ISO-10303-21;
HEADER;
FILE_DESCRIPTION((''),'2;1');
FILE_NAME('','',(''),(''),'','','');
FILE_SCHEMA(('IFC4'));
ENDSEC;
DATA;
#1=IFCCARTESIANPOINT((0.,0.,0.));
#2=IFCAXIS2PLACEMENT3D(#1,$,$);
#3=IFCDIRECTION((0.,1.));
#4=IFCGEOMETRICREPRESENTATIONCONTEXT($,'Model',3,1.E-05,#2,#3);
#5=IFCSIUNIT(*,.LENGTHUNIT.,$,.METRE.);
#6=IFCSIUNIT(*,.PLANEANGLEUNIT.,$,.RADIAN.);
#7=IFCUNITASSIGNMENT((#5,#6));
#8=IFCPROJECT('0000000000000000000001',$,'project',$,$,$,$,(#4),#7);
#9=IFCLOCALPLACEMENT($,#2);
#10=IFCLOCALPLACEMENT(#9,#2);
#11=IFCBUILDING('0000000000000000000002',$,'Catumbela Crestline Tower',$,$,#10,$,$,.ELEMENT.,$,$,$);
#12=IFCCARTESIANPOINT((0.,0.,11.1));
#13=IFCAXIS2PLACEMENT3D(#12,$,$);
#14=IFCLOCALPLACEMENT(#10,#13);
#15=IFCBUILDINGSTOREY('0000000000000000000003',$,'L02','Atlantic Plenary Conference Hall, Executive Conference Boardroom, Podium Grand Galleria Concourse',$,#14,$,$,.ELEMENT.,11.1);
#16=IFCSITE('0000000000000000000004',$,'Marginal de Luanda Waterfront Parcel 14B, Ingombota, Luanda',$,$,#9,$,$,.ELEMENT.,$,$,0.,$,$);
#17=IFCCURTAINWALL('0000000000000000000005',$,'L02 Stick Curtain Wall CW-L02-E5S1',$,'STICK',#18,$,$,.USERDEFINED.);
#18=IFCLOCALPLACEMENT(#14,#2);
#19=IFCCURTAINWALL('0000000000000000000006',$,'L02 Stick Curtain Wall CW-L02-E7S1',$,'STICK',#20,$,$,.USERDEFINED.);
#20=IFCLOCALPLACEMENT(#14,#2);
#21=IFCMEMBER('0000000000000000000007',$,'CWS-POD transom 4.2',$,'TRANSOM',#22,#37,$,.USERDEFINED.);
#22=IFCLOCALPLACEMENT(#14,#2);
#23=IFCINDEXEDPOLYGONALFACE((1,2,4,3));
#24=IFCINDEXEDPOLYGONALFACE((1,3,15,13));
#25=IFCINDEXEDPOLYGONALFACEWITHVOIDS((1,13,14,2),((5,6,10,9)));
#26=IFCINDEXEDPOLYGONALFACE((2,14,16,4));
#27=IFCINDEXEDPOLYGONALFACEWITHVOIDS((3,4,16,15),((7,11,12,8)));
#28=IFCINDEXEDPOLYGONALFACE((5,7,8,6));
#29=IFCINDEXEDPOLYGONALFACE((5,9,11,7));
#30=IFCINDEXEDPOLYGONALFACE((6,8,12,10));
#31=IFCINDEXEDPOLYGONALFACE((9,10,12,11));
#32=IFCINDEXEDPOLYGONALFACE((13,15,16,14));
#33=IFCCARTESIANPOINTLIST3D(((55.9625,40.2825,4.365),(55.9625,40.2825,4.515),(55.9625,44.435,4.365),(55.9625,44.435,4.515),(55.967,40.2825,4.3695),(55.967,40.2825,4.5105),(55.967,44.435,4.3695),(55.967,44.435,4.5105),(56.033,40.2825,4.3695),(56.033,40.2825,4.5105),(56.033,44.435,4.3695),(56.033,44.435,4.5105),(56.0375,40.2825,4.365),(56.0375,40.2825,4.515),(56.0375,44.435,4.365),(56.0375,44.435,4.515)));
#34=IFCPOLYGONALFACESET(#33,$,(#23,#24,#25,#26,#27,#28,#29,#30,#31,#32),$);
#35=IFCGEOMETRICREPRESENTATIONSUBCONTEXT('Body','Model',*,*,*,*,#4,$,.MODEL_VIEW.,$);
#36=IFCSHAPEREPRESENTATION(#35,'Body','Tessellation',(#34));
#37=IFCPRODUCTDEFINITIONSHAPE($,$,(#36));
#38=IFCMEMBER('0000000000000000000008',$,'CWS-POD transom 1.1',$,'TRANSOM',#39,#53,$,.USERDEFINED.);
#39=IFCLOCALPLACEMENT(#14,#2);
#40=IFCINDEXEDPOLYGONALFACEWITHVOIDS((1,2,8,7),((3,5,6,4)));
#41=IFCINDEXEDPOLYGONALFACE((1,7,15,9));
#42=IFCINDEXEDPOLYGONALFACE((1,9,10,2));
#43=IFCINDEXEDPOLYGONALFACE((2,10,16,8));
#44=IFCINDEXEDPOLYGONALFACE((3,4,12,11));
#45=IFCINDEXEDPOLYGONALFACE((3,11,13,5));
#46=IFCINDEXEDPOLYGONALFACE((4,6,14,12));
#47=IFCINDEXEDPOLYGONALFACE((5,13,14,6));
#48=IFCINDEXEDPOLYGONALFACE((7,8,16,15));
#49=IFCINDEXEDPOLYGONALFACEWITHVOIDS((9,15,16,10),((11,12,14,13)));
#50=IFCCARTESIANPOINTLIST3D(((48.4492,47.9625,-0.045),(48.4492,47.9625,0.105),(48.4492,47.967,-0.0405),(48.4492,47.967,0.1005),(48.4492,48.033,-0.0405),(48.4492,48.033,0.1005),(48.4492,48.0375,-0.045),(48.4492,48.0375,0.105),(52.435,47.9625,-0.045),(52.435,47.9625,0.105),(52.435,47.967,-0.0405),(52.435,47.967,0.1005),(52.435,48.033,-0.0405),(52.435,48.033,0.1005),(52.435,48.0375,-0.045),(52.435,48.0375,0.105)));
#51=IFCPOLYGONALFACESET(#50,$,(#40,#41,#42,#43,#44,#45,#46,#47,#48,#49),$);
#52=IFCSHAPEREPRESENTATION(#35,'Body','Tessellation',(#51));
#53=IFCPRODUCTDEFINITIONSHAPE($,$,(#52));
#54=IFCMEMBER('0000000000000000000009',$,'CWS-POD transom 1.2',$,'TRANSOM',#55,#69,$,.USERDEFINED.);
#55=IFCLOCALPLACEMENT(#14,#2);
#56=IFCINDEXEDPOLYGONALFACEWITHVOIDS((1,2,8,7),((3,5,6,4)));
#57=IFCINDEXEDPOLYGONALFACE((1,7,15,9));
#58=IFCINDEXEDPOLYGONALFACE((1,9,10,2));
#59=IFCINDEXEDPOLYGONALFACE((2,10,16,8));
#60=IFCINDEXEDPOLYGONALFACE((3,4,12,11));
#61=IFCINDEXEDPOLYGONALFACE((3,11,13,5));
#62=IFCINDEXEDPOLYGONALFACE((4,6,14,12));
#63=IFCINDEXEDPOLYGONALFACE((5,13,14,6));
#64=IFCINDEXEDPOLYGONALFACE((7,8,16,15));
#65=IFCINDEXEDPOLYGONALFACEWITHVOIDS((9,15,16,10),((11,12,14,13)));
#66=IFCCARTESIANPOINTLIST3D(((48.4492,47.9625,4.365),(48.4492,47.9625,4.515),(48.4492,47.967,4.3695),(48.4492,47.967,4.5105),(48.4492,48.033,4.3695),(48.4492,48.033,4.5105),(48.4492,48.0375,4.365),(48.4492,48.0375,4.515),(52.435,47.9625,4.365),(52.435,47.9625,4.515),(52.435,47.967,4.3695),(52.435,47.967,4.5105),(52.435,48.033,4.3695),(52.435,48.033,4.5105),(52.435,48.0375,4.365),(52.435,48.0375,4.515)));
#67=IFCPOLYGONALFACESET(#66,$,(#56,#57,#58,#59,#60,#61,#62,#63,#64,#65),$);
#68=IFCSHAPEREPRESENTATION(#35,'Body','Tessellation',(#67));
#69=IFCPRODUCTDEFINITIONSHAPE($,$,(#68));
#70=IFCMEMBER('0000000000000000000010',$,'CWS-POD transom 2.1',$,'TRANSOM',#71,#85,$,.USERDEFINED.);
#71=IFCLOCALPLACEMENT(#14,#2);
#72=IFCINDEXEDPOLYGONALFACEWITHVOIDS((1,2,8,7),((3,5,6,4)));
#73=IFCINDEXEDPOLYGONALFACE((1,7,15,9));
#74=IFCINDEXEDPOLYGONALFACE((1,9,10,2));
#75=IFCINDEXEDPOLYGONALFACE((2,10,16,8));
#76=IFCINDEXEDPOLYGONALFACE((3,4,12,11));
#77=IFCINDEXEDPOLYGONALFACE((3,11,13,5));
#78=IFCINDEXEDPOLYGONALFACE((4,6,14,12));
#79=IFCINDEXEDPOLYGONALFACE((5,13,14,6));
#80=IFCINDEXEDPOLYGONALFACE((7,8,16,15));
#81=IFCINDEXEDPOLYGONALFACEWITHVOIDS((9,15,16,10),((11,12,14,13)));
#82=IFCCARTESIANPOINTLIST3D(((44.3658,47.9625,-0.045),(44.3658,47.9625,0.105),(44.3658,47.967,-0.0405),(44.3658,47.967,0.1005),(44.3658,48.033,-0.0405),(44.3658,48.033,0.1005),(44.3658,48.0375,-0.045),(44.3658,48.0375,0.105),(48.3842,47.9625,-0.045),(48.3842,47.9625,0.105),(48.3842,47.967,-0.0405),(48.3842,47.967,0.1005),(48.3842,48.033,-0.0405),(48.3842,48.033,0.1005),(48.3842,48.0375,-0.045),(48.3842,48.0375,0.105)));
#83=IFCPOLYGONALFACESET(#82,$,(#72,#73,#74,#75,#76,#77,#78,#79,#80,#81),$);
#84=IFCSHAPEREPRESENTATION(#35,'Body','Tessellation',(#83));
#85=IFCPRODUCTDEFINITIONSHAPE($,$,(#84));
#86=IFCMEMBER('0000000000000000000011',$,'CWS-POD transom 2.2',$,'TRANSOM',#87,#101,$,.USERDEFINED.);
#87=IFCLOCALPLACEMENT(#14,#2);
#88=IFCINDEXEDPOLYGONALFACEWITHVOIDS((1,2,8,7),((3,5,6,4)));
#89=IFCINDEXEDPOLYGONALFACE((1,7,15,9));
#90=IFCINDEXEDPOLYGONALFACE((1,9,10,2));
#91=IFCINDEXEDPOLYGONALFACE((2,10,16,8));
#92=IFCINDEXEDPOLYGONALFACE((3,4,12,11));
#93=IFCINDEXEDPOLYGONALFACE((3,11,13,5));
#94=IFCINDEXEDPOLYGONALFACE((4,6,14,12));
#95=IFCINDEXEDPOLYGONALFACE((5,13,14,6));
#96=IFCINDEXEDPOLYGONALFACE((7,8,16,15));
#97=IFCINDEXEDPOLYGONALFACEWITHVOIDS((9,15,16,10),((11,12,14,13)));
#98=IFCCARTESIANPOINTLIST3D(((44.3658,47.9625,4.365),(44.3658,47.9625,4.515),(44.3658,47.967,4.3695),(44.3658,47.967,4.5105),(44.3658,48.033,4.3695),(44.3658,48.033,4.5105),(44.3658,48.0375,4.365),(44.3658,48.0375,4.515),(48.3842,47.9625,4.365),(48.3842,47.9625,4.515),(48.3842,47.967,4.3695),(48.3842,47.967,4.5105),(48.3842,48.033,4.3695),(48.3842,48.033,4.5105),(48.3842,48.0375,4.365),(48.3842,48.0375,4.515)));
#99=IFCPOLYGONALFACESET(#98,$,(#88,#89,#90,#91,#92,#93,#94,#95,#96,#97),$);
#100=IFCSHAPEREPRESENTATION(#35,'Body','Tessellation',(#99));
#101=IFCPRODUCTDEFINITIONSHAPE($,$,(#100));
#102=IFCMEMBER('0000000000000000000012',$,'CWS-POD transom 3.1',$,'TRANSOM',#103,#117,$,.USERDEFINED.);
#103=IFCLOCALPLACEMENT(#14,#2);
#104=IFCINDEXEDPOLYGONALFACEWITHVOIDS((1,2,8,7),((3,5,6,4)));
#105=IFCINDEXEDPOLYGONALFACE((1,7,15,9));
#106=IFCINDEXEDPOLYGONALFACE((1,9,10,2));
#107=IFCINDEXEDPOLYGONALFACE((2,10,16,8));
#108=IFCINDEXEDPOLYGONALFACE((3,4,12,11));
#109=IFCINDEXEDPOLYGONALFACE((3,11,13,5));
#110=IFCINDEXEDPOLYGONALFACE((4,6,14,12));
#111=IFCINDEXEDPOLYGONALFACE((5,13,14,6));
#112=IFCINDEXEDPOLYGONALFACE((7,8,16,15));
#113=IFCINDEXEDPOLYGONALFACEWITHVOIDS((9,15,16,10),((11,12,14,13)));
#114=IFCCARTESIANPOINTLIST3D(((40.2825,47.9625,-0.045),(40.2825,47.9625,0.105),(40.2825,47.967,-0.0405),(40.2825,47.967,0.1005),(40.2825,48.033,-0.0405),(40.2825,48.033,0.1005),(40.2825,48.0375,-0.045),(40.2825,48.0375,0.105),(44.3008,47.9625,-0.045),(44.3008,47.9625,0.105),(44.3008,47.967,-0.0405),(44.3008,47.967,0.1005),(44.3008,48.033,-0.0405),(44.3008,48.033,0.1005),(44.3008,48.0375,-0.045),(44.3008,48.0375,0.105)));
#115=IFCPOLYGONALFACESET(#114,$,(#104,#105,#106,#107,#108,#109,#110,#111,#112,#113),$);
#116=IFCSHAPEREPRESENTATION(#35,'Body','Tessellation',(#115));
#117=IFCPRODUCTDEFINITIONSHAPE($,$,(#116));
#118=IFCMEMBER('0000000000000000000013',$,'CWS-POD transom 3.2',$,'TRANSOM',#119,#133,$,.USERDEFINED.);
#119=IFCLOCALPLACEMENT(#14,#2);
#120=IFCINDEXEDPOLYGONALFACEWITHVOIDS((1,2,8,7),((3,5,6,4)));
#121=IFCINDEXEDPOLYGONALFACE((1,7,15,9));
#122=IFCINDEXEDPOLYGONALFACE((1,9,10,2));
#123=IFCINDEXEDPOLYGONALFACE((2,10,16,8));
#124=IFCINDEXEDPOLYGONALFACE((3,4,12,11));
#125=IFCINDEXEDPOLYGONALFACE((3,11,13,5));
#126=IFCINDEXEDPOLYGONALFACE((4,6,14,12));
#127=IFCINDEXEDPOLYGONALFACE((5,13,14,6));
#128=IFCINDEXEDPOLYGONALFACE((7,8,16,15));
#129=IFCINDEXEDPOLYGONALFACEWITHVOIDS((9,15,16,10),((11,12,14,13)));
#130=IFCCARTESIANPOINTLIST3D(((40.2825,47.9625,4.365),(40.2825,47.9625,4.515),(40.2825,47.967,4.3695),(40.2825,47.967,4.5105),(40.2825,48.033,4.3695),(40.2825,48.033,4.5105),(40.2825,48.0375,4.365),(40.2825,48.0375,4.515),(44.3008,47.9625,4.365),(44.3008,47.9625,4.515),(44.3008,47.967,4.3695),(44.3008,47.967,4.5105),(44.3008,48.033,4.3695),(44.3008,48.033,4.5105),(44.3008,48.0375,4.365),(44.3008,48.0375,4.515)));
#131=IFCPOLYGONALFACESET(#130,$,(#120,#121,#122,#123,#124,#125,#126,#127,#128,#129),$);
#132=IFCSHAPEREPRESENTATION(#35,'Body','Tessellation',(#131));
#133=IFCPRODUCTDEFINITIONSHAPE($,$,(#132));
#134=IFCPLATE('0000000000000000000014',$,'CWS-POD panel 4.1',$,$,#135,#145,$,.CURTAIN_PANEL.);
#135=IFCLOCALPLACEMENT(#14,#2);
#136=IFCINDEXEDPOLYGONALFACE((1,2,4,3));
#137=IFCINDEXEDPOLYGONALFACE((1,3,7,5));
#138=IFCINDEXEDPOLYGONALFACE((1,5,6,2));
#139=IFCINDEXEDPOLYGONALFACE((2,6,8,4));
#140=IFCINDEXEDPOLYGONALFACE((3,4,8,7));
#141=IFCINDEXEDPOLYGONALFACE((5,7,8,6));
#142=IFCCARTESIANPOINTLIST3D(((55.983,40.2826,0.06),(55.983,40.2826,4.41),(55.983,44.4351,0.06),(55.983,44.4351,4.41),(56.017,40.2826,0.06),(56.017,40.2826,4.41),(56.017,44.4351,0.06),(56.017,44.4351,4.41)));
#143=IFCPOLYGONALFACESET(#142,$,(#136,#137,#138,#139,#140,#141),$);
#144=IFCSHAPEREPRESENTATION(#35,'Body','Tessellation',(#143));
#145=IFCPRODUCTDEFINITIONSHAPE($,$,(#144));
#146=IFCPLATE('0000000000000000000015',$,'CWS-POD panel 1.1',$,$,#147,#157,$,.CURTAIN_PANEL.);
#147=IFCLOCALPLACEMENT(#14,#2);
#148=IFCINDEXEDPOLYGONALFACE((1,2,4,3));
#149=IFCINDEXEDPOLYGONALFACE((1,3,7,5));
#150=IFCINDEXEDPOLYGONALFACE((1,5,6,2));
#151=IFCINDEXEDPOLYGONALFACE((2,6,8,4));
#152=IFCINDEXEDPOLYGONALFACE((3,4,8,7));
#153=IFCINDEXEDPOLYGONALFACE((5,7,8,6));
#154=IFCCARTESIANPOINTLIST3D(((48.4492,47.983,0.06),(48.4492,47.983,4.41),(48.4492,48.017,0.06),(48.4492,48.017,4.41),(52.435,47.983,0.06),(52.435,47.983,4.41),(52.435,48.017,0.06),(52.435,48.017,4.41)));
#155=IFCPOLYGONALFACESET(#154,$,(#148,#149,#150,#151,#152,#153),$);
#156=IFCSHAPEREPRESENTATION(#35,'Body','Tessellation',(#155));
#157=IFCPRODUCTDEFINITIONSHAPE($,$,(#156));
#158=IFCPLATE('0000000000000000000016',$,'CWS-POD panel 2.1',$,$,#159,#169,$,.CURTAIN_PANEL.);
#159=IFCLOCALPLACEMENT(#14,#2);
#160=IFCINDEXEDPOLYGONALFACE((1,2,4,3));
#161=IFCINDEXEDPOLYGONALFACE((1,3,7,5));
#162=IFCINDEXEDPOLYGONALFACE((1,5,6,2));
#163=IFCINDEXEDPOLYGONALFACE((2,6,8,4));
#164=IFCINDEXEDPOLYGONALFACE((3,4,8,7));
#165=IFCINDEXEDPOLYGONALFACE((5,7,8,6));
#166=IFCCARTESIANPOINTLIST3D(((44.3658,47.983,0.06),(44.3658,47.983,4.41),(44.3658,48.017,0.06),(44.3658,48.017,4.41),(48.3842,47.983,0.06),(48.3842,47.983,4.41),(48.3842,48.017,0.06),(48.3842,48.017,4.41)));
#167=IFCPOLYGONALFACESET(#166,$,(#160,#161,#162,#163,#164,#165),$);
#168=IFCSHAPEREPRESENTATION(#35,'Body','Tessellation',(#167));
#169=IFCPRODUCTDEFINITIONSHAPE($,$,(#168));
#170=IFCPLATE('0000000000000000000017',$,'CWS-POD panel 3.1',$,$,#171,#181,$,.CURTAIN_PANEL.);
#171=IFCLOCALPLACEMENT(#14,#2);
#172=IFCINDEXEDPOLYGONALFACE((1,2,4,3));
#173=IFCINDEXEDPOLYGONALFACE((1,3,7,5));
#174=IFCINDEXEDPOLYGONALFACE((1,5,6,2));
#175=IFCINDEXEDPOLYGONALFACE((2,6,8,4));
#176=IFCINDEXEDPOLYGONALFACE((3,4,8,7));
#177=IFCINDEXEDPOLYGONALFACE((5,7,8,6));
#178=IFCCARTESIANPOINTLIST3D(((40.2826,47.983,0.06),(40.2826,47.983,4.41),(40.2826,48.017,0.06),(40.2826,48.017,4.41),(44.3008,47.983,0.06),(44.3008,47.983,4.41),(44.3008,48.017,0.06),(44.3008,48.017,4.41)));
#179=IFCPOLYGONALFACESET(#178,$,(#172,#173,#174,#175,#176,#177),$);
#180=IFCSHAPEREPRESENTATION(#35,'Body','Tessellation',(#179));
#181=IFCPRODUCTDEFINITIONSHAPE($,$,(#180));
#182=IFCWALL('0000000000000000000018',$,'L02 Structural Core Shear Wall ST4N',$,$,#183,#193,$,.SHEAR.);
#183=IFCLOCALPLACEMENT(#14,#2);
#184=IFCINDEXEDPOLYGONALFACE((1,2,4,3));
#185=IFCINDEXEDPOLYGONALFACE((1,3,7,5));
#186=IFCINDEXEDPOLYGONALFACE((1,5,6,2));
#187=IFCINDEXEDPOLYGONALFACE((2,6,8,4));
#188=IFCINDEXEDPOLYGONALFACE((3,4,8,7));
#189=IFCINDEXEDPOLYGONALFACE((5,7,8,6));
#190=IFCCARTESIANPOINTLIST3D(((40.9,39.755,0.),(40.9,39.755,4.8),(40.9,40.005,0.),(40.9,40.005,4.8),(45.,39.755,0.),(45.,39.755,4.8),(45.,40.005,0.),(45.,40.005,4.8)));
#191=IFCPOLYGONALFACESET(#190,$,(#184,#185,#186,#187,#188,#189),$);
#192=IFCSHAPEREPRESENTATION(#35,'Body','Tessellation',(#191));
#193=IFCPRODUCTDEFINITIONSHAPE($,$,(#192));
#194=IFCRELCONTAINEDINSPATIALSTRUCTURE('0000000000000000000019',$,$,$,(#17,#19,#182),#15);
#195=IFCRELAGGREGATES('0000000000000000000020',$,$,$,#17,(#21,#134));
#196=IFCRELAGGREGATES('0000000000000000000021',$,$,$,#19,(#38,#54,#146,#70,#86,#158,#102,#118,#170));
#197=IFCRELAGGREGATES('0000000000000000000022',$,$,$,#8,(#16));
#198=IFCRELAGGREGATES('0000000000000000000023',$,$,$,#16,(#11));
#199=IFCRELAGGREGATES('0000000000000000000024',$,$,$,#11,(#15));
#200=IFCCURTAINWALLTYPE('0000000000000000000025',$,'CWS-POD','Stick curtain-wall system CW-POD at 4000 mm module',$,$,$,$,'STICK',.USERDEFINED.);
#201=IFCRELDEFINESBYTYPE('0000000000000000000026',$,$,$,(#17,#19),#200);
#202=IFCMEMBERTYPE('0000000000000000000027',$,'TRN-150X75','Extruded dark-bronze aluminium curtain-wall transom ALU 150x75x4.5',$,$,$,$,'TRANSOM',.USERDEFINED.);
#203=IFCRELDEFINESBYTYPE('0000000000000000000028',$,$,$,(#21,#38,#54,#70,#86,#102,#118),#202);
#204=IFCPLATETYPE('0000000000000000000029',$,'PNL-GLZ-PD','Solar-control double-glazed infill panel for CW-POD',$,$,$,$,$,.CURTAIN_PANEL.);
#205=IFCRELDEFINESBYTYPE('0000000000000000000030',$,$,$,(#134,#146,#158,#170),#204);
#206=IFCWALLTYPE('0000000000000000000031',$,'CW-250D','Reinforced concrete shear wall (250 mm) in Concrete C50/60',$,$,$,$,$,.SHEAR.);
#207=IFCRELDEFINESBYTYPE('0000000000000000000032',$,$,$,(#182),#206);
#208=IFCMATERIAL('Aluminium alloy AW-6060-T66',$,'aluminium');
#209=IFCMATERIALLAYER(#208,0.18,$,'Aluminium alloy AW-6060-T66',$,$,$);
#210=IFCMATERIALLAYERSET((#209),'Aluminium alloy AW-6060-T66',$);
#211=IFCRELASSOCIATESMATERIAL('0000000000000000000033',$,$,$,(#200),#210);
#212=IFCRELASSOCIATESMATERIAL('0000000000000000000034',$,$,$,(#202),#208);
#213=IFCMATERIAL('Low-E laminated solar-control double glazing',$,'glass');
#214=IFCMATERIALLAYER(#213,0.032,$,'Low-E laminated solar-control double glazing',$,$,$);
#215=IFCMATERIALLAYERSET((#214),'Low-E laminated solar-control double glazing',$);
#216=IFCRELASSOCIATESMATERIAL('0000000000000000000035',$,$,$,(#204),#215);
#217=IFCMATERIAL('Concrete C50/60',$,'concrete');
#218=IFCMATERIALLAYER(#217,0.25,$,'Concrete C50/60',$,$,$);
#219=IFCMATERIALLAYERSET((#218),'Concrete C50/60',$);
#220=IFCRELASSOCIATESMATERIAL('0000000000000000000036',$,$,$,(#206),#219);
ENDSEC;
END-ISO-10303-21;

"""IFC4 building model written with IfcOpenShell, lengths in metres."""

from ifc_helpers import new_model, si_unit, direction, frame, frame_2d, origin, origin_2d, place, context, subcontext, project, spatial, rectangle, hollow_rectangle, extrude, material, layer, layer_set, material_profile, profile_set, type_object, element, aggregate, save


model = new_model("IFC4")

# Units and contexts
model_context = context("Model", 3, precision=1e-05, world=origin(), true_north=direction((0.0, 1.0)))
body_context = subcontext(model_context, "Body", "Model", "MODEL_VIEW")
ifc_project = project(units=[si_unit("LENGTHUNIT", "METRE"), si_unit("PLANEANGLEUNIT", "RADIAN")], contexts=[model_context])

# Site, building, storey
site_placement = place(None, origin())
site = spatial("IfcSite", under=ifc_project, at=site_placement, Name="Marginal de Luanda Waterfront Parcel 14B, Ingombota, Luanda", CompositionType="ELEMENT", RefElevation=0.0)
building_placement = place(site_placement, origin())
building = spatial("IfcBuilding", under=site, at=building_placement, Name="Catumbela Crestline Tower", CompositionType="ELEMENT")
storey_placement = place(building_placement, frame((0.0, 0.0, 11.1)))
storey = spatial("IfcBuildingStorey", under=building, at=storey_placement, Name="L02", Description="Atlantic Plenary Conference Hall, Executive Conference Boardroom, Podium Grand Galleria Concourse", CompositionType="ELEMENT", Elevation=11.1)

# Curtain walls
ifc_material_1 = material(Name="Aluminium alloy AW-6060-T66", Category="aluminium")
ifc_layer_1 = layer(ifc_material_1, 0.18, Name="Aluminium alloy AW-6060-T66")
ifc_layer_set_1 = layer_set([ifc_layer_1], Name="Aluminium alloy AW-6060-T66")
curtain_wall_type = type_object("IfcCurtainWallType", Name="CWS-POD", Description="Stick curtain-wall system CW-POD at 4000 mm module", ElementType="STICK", PredefinedType="USERDEFINED", material=ifc_layer_set_1)
curtain_wall_1_placement = place(storey_placement, origin())
curtain_wall_1 = element("IfcCurtainWall", 1, at=curtain_wall_1_placement, inside=storey, type_object=curtain_wall_type, Name="L02 Stick Curtain Wall CW-L02-E5S1", ObjectType="STICK", PredefinedType="USERDEFINED")
curtain_wall_2_placement = place(storey_placement, origin())
curtain_wall_2 = element("IfcCurtainWall", 2, at=curtain_wall_2_placement, inside=storey, type_object=curtain_wall_type, Name="L02 Stick Curtain Wall CW-L02-E7S1", ObjectType="STICK", PredefinedType="USERDEFINED")

# Members
ifc_material_profile_1 = material_profile(ifc_material_1, hollow_rectangle(XDim=0.075, YDim=0.15, WallThickness=0.0045, at=origin_2d()), Name="ALU 150x75x4.5")
ifc_profile_set_1 = profile_set([ifc_material_profile_1], Name="Aluminium alloy AW-6060-T66")
member_type_1 = type_object("IfcMemberType", Name="TRN-150X75", Description="Extruded dark-bronze aluminium curtain-wall transom ALU 150x75x4.5", ElementType="TRANSOM", PredefinedType="USERDEFINED", material=ifc_profile_set_1)
member_1_placement = place(storey_placement, frame((56.0, 40.2825, 4.44), z_axis=(0.0, 1.0, 0.0), x_axis=(-1.0, 0.0, 0.0)))
member_1 = element("IfcMember", 3, at=member_1_placement, type_object=member_type_1, Name="CWS-POD transom 4.2", ObjectType="TRANSOM", PredefinedType="USERDEFINED", context=body_context, shape_type="SweptSolid", body=[
    extrude(hollow_rectangle(XDim=0.075, YDim=0.15, WallThickness=0.0045, at=origin_2d()), origin(), (0.0, 0.0, 1.0), 4.1525),
])
member_2_placement = place(storey_placement, frame((52.435, 48.0, 0.03), z_axis=(-1.0, 0.0, 0.0), x_axis=(0.0, -1.0, 0.0)))
member_2 = element("IfcMember", 4, at=member_2_placement, type_object=member_type_1, Name="CWS-POD transom 1.1", ObjectType="TRANSOM", PredefinedType="USERDEFINED", context=body_context, shape_type="SweptSolid", body=[
    extrude(hollow_rectangle(XDim=0.075, YDim=0.15, WallThickness=0.0045, at=origin_2d()), origin(), (0.0, 0.0, 1.0), 3.9858),
])
member_3_placement = place(storey_placement, frame((52.435, 48.0, 4.44), z_axis=(-1.0, 0.0, 0.0), x_axis=(0.0, -1.0, 0.0)))
member_3 = element("IfcMember", 5, at=member_3_placement, type_object=member_type_1, Name="CWS-POD transom 1.2", ObjectType="TRANSOM", PredefinedType="USERDEFINED", context=body_context, shape_type="SweptSolid", body=[
    extrude(hollow_rectangle(XDim=0.075, YDim=0.15, WallThickness=0.0045, at=origin_2d()), origin(), (0.0, 0.0, 1.0), 3.9858),
])
member_4_placement = place(storey_placement, frame((48.3842, 48.0, 0.03), z_axis=(-1.0, 0.0, 0.0), x_axis=(0.0, -1.0, 0.0)))
member_4 = element("IfcMember", 6, at=member_4_placement, type_object=member_type_1, Name="CWS-POD transom 2.1", ObjectType="TRANSOM", PredefinedType="USERDEFINED", context=body_context, shape_type="SweptSolid", body=[
    extrude(hollow_rectangle(XDim=0.075, YDim=0.15, WallThickness=0.0045, at=origin_2d()), origin(), (0.0, 0.0, 1.0), 4.0184),
])
member_5_placement = place(storey_placement, frame((48.3842, 48.0, 4.44), z_axis=(-1.0, 0.0, 0.0), x_axis=(0.0, -1.0, 0.0)))
member_5 = element("IfcMember", 7, at=member_5_placement, type_object=member_type_1, Name="CWS-POD transom 2.2", ObjectType="TRANSOM", PredefinedType="USERDEFINED", context=body_context, shape_type="SweptSolid", body=[
    extrude(hollow_rectangle(XDim=0.075, YDim=0.15, WallThickness=0.0045, at=origin_2d()), origin(), (0.0, 0.0, 1.0), 4.0184),
])
member_6_placement = place(storey_placement, frame((44.3008, 48.0, 0.03), z_axis=(-1.0, 0.0, 0.0), x_axis=(0.0, -1.0, 0.0)))
member_6 = element("IfcMember", 8, at=member_6_placement, type_object=member_type_1, Name="CWS-POD transom 3.1", ObjectType="TRANSOM", PredefinedType="USERDEFINED", context=body_context, shape_type="SweptSolid", body=[
    extrude(hollow_rectangle(XDim=0.075, YDim=0.15, WallThickness=0.0045, at=origin_2d()), origin(), (0.0, 0.0, 1.0), 4.0183),
])
member_7_placement = place(storey_placement, frame((44.3008, 48.0, 4.44), z_axis=(-1.0, 0.0, 0.0), x_axis=(0.0, -1.0, 0.0)))
member_7 = element("IfcMember", 9, at=member_7_placement, type_object=member_type_1, Name="CWS-POD transom 3.2", ObjectType="TRANSOM", PredefinedType="USERDEFINED", context=body_context, shape_type="SweptSolid", body=[
    extrude(hollow_rectangle(XDim=0.075, YDim=0.15, WallThickness=0.0045, at=origin_2d()), origin(), (0.0, 0.0, 1.0), 4.0183),
])

# Plates
ifc_material_2 = material(Name="Low-E laminated solar-control double glazing", Category="glass")
ifc_layer_2 = layer(ifc_material_2, 0.032, Name="Low-E laminated solar-control double glazing")
ifc_layer_set_2 = layer_set([ifc_layer_2], Name="Low-E laminated solar-control double glazing")
plate_type = type_object("IfcPlateType", Name="PNL-GLZ-PD", Description="Solar-control double-glazed infill panel for CW-POD", PredefinedType="CURTAIN_PANEL", material=ifc_layer_set_2)
plate_1_placement = place(storey_placement, frame((56.0, 42.3588, 0.06), z_axis=(0.0, 0.0, 1.0), x_axis=(0.0, 1.0, 0.0)))
plate_1 = element("IfcPlate", 10, at=plate_1_placement, type_object=plate_type, Name="CWS-POD panel 4.1", PredefinedType="CURTAIN_PANEL", context=body_context, shape_type="SweptSolid", body=[
    extrude(rectangle(XDim=4.1525, YDim=0.034, at=origin_2d()), origin(), (0.0, 0.0, 1.0), 4.35),
])
aggregate(curtain_wall_1, [member_1, plate_1])
plate_2_placement = place(storey_placement, frame((50.4421, 48.0, 0.06), z_axis=(0.0, 0.0, 1.0), x_axis=(-1.0, 0.0, 0.0)))
plate_2 = element("IfcPlate", 11, at=plate_2_placement, type_object=plate_type, Name="CWS-POD panel 1.1", PredefinedType="CURTAIN_PANEL", context=body_context, shape_type="SweptSolid", body=[
    extrude(rectangle(XDim=3.9858, YDim=0.034, at=origin_2d()), origin(), (0.0, 0.0, 1.0), 4.35),
])
plate_3_placement = place(storey_placement, frame((46.375, 48.0, 0.06), z_axis=(0.0, 0.0, 1.0), x_axis=(-1.0, 0.0, 0.0)))
plate_3 = element("IfcPlate", 12, at=plate_3_placement, type_object=plate_type, Name="CWS-POD panel 2.1", PredefinedType="CURTAIN_PANEL", context=body_context, shape_type="SweptSolid", body=[
    extrude(rectangle(XDim=4.0183, YDim=0.034, at=origin_2d()), origin(), (0.0, 0.0, 1.0), 4.35),
])
plate_4_placement = place(storey_placement, frame((42.2917, 48.0, 0.06), z_axis=(0.0, 0.0, 1.0), x_axis=(-1.0, 0.0, 0.0)))
plate_4 = element("IfcPlate", 13, at=plate_4_placement, type_object=plate_type, Name="CWS-POD panel 3.1", PredefinedType="CURTAIN_PANEL", context=body_context, shape_type="SweptSolid", body=[
    extrude(rectangle(XDim=4.0183, YDim=0.034, at=origin_2d()), origin(), (0.0, 0.0, 1.0), 4.35),
])
aggregate(curtain_wall_2, [member_2, member_3, plate_2, member_4, member_5, plate_3, member_6, member_7, plate_4])

# Wall
ifc_material_3 = material(Name="Concrete C50/60", Category="concrete")
ifc_layer_3 = layer(ifc_material_3, 0.25, Name="Concrete C50/60")
ifc_layer_set_3 = layer_set([ifc_layer_3], Name="Concrete C50/60")
wall_type_1 = type_object("IfcWallType", Name="CW-250D", Description="Reinforced concrete shear wall (250 mm) in Concrete C50/60", PredefinedType="SHEAR", material=ifc_layer_set_3)
wall_1_placement = place(storey_placement, frame((40.9, 39.88, 0.0), z_axis=(0.0, 0.0, 1.0), x_axis=(1.0, 0.0, 0.0)))
element("IfcWall", 14, at=wall_1_placement, inside=storey, type_object=wall_type_1, Name="L02 Structural Core Shear Wall ST4N", PredefinedType="SHEAR", context=body_context, shape_type="SweptSolid", body=[
    extrude(rectangle(XDim=4.1, YDim=0.25, at=frame_2d((2.05, 0.0))), origin(), (0.0, 0.0, 1.0), 4.8),
])

save(model, "model.ifc")
